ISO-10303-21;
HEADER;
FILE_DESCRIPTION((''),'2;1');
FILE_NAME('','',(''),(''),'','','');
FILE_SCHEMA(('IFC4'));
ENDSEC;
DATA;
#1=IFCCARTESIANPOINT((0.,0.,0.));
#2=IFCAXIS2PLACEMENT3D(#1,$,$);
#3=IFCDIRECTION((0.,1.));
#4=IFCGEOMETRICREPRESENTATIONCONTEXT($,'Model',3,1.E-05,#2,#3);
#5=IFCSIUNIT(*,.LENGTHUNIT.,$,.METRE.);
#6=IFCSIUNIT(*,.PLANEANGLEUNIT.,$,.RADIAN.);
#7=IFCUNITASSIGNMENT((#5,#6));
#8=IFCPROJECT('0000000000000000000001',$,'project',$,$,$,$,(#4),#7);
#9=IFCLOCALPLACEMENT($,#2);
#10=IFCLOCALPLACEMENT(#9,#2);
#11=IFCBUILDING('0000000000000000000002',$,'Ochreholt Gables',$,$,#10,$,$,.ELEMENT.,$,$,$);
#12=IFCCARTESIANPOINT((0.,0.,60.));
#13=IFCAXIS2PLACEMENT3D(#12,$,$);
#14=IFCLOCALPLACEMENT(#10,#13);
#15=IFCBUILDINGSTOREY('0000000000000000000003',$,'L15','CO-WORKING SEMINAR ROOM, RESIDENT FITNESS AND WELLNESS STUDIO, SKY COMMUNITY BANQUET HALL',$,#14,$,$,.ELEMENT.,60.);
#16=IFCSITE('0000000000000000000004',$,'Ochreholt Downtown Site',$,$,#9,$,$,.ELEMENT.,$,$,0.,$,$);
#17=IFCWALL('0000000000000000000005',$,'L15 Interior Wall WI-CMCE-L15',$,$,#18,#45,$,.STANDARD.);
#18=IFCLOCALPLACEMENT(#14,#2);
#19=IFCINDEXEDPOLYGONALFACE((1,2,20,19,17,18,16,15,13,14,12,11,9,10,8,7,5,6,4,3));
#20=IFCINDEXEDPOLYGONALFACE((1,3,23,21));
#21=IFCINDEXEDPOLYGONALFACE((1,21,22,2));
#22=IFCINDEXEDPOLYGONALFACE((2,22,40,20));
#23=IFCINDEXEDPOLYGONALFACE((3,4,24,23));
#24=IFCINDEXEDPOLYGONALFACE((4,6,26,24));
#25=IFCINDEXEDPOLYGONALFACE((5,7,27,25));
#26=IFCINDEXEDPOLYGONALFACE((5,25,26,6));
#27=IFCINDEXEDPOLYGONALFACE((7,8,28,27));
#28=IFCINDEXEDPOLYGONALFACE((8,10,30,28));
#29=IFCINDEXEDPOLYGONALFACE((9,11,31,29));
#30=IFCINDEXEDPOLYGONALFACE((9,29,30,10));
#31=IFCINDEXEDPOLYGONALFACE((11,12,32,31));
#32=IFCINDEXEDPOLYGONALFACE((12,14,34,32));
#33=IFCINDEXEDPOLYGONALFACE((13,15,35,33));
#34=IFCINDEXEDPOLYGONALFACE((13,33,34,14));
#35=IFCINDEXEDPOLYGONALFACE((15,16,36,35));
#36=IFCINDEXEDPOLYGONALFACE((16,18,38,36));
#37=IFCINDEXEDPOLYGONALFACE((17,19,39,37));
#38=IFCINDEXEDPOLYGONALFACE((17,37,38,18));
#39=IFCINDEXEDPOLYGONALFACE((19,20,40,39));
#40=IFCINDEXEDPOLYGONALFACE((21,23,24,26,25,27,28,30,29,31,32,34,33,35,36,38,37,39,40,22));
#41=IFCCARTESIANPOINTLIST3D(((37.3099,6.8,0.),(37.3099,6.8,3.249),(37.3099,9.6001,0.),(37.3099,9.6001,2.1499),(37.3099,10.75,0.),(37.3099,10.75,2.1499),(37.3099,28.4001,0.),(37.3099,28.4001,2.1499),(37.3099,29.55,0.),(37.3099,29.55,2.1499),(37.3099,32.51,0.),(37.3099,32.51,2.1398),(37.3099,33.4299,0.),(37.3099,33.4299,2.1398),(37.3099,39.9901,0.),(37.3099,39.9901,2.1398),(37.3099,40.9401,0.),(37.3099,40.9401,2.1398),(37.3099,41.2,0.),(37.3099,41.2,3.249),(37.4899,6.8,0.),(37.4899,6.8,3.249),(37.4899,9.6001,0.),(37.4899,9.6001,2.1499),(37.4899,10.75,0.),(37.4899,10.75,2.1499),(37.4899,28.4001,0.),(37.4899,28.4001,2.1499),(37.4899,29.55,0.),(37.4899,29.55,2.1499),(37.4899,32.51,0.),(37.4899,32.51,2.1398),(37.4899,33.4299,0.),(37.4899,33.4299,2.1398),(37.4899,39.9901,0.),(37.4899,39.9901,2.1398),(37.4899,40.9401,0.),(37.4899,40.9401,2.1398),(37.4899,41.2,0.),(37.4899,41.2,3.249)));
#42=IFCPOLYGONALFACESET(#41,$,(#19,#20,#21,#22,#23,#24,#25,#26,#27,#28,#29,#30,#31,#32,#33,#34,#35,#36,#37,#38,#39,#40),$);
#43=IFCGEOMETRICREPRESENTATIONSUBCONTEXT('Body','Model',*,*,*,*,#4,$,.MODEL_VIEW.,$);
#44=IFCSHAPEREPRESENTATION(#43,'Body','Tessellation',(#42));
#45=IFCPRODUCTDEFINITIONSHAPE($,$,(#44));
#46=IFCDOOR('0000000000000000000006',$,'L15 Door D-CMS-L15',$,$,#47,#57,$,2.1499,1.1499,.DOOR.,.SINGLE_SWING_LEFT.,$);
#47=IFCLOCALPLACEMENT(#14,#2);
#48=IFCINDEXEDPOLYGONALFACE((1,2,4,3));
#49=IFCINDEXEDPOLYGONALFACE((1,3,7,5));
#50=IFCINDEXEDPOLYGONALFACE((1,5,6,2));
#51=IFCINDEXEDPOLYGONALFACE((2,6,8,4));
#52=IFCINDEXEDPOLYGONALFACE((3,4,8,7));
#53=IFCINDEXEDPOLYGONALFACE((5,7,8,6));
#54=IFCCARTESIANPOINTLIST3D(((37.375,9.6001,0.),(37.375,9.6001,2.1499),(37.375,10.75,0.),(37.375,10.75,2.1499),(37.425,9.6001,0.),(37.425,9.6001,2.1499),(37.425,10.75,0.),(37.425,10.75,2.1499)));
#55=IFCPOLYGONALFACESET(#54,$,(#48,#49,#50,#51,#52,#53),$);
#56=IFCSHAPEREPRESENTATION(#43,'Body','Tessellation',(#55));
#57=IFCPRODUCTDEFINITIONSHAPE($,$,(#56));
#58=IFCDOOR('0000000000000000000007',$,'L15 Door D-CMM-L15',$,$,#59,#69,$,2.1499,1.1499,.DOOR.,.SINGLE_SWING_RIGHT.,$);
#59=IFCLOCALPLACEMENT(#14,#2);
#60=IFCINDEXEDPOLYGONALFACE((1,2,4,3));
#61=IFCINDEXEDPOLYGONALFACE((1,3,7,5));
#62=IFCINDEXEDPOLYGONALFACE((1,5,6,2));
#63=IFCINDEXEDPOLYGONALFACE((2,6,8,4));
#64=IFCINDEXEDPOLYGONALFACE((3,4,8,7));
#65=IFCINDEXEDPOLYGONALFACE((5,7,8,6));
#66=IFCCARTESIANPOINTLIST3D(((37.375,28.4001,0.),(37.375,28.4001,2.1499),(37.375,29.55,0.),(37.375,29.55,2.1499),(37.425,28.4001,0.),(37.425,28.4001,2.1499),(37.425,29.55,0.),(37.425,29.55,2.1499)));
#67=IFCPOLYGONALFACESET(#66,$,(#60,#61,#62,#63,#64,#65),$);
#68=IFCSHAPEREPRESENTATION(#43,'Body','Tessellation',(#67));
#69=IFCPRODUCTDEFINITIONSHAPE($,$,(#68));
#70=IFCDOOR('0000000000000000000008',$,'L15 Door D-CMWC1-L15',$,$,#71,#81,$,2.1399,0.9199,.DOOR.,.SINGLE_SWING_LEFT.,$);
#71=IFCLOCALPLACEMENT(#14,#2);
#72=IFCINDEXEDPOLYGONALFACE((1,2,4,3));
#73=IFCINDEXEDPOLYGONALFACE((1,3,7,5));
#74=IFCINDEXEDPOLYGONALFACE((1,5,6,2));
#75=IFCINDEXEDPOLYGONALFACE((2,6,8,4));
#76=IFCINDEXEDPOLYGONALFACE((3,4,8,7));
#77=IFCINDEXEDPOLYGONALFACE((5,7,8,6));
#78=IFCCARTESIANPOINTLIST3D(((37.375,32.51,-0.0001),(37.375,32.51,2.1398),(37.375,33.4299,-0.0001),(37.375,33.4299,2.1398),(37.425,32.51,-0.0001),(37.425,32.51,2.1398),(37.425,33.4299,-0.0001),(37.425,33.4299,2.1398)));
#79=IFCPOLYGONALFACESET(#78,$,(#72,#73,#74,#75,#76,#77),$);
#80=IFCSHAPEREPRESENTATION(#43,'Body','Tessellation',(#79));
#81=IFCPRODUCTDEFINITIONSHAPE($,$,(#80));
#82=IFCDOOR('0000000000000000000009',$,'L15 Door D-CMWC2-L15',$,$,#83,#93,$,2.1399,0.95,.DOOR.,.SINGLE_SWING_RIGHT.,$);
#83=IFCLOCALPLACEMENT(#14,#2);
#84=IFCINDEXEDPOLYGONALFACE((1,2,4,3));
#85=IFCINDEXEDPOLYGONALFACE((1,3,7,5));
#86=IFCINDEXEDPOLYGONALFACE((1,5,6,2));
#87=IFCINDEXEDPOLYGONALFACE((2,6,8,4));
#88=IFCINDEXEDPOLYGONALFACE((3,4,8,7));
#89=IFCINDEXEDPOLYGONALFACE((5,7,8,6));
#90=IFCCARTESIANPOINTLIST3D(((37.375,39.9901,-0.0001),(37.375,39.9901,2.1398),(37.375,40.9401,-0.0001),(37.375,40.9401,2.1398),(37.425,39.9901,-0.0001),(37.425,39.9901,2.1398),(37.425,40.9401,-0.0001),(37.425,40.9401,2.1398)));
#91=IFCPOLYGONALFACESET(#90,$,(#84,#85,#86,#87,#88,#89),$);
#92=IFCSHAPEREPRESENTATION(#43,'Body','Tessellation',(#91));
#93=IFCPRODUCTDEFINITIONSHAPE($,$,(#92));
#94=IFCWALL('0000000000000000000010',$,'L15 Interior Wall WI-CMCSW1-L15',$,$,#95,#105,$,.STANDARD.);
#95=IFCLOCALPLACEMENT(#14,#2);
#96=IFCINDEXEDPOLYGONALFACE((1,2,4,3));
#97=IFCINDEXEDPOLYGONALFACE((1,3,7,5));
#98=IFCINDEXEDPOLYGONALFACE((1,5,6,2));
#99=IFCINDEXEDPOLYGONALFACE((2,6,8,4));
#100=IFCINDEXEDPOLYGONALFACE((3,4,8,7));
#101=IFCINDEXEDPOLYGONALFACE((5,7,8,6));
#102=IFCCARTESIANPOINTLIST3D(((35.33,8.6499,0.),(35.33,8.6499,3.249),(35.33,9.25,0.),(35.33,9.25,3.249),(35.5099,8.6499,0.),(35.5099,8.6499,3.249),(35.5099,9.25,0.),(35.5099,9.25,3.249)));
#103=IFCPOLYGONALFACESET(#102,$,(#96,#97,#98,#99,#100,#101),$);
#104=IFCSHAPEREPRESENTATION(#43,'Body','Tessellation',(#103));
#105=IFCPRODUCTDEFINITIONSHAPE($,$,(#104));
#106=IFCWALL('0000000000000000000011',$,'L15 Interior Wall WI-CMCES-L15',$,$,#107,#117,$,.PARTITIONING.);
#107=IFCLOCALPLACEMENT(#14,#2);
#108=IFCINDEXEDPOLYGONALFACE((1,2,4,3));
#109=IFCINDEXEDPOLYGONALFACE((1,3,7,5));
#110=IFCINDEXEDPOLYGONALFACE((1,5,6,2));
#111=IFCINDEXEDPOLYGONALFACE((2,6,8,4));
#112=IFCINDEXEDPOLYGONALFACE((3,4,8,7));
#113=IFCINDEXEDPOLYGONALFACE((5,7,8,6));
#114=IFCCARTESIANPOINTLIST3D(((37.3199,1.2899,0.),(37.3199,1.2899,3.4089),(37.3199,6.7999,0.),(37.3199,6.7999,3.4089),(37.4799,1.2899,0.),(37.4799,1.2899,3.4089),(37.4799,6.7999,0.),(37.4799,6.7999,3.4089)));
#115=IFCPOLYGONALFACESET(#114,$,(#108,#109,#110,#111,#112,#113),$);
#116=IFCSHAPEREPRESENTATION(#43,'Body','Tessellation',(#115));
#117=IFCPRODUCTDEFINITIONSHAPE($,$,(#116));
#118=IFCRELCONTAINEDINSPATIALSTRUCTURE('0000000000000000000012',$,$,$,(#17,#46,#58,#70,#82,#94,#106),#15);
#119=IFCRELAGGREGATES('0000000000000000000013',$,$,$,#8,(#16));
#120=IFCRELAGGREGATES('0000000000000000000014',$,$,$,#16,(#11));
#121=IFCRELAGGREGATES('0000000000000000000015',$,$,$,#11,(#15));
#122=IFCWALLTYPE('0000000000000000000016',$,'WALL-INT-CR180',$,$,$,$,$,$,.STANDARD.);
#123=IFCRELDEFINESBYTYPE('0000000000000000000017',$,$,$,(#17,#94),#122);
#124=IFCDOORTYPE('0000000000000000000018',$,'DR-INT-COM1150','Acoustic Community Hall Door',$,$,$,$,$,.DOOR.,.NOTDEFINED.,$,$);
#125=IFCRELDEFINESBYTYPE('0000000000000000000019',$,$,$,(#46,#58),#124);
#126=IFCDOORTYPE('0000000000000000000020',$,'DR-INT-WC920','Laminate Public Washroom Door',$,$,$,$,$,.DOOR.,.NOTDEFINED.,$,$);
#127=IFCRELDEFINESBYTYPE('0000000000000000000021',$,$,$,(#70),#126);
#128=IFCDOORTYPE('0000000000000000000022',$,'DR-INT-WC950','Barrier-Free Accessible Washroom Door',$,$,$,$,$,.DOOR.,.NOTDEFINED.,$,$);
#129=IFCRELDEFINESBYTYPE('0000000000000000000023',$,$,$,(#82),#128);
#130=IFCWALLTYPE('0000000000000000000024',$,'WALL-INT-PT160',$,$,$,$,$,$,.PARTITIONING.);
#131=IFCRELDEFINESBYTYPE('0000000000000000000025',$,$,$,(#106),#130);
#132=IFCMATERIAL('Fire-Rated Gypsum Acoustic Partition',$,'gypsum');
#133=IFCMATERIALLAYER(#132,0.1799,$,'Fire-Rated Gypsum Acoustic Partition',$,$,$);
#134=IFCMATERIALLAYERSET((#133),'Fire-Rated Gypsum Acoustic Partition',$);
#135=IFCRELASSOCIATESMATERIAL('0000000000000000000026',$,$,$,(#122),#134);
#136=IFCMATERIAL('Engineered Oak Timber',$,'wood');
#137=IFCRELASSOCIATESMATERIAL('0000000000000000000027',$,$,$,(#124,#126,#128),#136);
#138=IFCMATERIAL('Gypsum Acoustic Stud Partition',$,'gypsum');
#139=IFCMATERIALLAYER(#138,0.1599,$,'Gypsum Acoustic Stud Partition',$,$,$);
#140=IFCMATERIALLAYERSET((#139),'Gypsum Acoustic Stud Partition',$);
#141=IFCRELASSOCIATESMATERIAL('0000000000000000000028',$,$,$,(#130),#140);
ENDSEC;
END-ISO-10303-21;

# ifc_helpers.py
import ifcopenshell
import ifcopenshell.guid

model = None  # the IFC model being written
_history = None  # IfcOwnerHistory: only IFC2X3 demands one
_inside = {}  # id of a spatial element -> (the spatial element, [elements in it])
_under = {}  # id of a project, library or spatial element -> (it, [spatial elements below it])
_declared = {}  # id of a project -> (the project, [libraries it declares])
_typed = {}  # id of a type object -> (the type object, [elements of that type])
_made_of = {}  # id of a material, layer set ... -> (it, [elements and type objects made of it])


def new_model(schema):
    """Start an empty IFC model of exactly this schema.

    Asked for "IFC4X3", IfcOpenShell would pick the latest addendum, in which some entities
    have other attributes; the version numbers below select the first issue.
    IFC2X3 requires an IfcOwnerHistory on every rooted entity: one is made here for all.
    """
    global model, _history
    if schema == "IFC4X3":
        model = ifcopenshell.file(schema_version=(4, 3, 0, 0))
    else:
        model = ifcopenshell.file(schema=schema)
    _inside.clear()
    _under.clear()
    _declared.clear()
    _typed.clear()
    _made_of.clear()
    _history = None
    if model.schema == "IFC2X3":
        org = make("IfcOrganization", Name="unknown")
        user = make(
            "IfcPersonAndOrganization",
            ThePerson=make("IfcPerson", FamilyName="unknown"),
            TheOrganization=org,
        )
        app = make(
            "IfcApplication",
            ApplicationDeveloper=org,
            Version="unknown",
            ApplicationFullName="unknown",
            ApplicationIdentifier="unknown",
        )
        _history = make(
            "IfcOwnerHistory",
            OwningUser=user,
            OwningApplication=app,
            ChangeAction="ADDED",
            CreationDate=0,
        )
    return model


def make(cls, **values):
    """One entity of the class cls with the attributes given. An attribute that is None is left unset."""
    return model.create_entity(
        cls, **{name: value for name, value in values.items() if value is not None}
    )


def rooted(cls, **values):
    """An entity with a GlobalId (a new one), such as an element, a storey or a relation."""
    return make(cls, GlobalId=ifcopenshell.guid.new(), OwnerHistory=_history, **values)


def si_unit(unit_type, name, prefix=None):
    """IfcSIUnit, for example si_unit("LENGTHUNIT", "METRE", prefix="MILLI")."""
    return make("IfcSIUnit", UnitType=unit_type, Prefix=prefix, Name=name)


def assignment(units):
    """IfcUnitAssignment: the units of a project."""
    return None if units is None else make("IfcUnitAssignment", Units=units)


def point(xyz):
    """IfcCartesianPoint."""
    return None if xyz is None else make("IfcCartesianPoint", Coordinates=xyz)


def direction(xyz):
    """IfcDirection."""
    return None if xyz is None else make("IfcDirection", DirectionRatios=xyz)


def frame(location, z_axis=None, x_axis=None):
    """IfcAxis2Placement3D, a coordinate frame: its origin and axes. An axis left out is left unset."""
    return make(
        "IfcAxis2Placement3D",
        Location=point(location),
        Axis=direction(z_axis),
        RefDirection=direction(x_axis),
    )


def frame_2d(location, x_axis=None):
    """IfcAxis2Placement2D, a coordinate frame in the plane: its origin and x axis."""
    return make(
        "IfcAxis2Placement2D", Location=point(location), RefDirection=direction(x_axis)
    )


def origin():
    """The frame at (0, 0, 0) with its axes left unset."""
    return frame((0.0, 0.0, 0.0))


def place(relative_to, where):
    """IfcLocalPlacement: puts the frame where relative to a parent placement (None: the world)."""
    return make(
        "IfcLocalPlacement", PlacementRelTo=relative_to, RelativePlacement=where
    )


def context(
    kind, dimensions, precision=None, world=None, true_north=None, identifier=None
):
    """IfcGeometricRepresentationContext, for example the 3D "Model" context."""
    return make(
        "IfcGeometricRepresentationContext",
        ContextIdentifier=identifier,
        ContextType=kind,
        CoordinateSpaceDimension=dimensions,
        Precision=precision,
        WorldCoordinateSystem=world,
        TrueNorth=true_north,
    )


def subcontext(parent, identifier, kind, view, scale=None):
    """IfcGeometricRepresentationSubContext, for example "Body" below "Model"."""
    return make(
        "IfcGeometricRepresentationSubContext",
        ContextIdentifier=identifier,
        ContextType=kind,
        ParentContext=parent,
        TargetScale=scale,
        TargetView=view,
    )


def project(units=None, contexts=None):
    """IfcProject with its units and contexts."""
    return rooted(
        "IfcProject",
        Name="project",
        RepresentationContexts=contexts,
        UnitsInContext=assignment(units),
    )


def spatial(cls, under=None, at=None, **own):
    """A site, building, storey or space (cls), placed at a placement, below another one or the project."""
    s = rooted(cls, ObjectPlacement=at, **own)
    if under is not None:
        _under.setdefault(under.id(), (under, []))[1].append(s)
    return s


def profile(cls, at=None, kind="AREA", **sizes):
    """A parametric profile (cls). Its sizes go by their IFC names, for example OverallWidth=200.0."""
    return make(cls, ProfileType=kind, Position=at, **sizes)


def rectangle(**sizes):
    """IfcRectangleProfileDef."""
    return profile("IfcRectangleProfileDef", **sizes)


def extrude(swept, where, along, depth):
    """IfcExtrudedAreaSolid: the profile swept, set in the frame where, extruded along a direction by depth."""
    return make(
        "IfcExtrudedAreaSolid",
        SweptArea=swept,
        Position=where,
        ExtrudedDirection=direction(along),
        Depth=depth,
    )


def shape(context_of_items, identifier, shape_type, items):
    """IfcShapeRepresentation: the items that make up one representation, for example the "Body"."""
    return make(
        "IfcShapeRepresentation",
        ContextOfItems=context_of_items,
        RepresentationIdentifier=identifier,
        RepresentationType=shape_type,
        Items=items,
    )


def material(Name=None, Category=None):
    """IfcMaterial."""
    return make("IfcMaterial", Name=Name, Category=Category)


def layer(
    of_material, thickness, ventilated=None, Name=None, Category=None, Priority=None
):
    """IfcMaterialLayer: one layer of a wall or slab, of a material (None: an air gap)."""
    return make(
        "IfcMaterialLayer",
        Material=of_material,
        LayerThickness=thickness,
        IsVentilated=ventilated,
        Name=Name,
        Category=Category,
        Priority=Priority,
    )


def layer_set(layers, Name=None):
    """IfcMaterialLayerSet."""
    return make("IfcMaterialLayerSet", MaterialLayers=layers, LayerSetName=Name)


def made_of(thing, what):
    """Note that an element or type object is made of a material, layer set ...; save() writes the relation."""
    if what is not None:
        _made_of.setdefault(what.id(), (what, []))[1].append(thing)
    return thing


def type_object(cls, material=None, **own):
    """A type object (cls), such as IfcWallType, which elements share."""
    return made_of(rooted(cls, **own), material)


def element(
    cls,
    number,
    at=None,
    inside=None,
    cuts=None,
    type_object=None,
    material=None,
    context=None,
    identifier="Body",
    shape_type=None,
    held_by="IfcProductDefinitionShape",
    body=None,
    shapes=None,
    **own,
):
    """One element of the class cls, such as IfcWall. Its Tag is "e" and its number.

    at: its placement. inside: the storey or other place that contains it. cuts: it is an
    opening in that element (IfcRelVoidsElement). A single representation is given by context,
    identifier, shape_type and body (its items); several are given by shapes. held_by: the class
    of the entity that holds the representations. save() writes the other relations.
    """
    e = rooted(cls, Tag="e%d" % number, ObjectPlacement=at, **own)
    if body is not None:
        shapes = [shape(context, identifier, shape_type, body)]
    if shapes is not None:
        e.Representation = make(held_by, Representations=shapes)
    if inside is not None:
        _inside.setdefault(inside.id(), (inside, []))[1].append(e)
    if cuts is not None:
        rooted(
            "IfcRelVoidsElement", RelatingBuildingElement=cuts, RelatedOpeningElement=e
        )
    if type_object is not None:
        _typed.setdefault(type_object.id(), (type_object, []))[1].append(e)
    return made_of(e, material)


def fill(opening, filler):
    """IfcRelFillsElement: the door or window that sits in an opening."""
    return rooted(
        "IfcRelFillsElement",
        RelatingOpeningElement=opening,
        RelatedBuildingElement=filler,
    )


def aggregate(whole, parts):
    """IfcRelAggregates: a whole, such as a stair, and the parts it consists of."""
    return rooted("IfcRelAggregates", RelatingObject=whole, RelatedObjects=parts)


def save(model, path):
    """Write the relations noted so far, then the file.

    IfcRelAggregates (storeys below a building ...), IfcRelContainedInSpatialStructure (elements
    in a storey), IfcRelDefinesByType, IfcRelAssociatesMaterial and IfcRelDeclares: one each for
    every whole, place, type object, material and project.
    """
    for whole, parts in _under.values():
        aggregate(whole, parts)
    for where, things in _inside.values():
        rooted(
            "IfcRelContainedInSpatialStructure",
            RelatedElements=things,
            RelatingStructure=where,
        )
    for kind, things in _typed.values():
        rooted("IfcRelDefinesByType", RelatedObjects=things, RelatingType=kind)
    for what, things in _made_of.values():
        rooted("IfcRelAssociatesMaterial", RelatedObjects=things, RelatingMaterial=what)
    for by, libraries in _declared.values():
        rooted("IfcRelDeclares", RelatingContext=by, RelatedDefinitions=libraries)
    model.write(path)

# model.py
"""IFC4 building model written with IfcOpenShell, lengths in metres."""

from ifc_helpers import new_model, si_unit, direction, frame, frame_2d, origin, place, context, subcontext, project, spatial, rectangle, extrude, material, layer, layer_set, type_object, element, fill, save


model = new_model("IFC4")

# Units and contexts
model_context = context("Model", 3, precision=1e-05, world=origin(), true_north=direction((0.0, 1.0)))
body_context = subcontext(model_context, "Body", "Model", "MODEL_VIEW")
ifc_project = project(units=[si_unit("LENGTHUNIT", "METRE"), si_unit("PLANEANGLEUNIT", "RADIAN")], contexts=[model_context])

# Site, building, storey
site_placement = place(None, origin())
site = spatial("IfcSite", under=ifc_project, at=site_placement, Name="Ochreholt Downtown Site", CompositionType="ELEMENT", RefElevation=0.0)
building_placement = place(site_placement, origin())
building = spatial("IfcBuilding", under=site, at=building_placement, Name="Ochreholt Gables", CompositionType="ELEMENT")
storey_placement = place(building_placement, frame((0.0, 0.0, 60.0)))
storey = spatial("IfcBuildingStorey", under=building, at=storey_placement, Name="L15", Description="CO-WORKING SEMINAR ROOM, RESIDENT FITNESS AND WELLNESS STUDIO, SKY COMMUNITY BANQUET HALL", CompositionType="ELEMENT", Elevation=60.0)

# Wall, openings, doors
ifc_material_1 = material(Name="Fire-Rated Gypsum Acoustic Partition", Category="gypsum")
ifc_layer_1 = layer(ifc_material_1, 0.1799, Name="Fire-Rated Gypsum Acoustic Partition")
ifc_layer_set_1 = layer_set([ifc_layer_1], Name="Fire-Rated Gypsum Acoustic Partition")
wall_type_1 = type_object("IfcWallType", Name="WALL-INT-CR180", PredefinedType="STANDARD", material=ifc_layer_set_1)
wall_1_placement = place(storey_placement, frame((37.3999, 6.8, 0.0), z_axis=(0.0, 0.0, 1.0), x_axis=(0.0, 1.0, 0.0)))
wall_1 = element("IfcWall", 1, at=wall_1_placement, inside=storey, type_object=wall_type_1, Name="L15 Interior Wall WI-CMCE-L15", PredefinedType="STANDARD", context=body_context, shape_type="SweptSolid", body=[
    extrude(rectangle(XDim=34.3999, YDim=0.1799, at=frame_2d((17.2, 0.0))), origin(), (0.0, 0.0, 1.0), 3.249),
])
opening_1_placement = place(wall_1_placement, frame((25.71, 0.0, 0.0)))
opening_1 = element("IfcOpeningElement", 2, at=opening_1_placement, cuts=wall_1, PredefinedType="OPENING", context=body_context, shape_type="SweptSolid", body=[
    extrude(rectangle(XDim=0.9199, YDim=2.1399, at=frame_2d((0.46, 1.0698))), frame((0.0, 0.0999, 0.0), z_axis=(0.0, -1.0, 0.0), x_axis=(1.0, 0.0, 0.0)), (0.0, 0.0, 1.0), 0.2),
])
opening_2_placement = place(wall_1_placement, frame((33.1899, 0.0, 0.0)))
opening_2 = element("IfcOpeningElement", 3, at=opening_2_placement, cuts=wall_1, PredefinedType="OPENING", context=body_context, shape_type="SweptSolid", body=[
    extrude(rectangle(XDim=0.95, YDim=2.1399, at=frame_2d((0.4751, 1.0698))), frame((0.0, 0.0999, 0.0), z_axis=(0.0, -1.0, 0.0), x_axis=(1.0, 0.0, 0.0)), (0.0, 0.0, 1.0), 0.2),
])
opening_3_placement = place(wall_1_placement, frame((2.8, 0.0, 0.0)))
opening_3 = element("IfcOpeningElement", 4, at=opening_3_placement, cuts=wall_1, PredefinedType="OPENING", context=body_context, shape_type="SweptSolid", body=[
    extrude(rectangle(XDim=1.1499, YDim=2.1499, at=frame_2d((0.575, 1.075))), frame((0.0, 0.0999, 0.0), z_axis=(0.0, -1.0, 0.0), x_axis=(1.0, 0.0, 0.0)), (0.0, 0.0, 1.0), 0.2),
])
opening_4_placement = place(wall_1_placement, frame((21.6001, 0.0, 0.0)))
opening_4 = element("IfcOpeningElement", 5, at=opening_4_placement, cuts=wall_1, PredefinedType="OPENING", context=body_context, shape_type="SweptSolid", body=[
    extrude(rectangle(XDim=1.1499, YDim=2.1499, at=frame_2d((0.575, 1.075))), frame((0.0, 0.0999, 0.0), z_axis=(0.0, -1.0, 0.0), x_axis=(1.0, 0.0, 0.0)), (0.0, 0.0, 1.0), 0.2),
])
ifc_material_2 = material(Name="Engineered Oak Timber", Category="wood")
door_type_1 = type_object("IfcDoorType", Name="DR-INT-COM1150", Description="Acoustic Community Hall Door", OperationType="NOTDEFINED", PredefinedType="DOOR", material=ifc_material_2)
door_1_placement = place(opening_3_placement, origin())
door_1 = element("IfcDoor", 6, at=door_1_placement, inside=storey, type_object=door_type_1, Name="L15 Door D-CMS-L15", OperationType="SINGLE_SWING_LEFT", OverallHeight=2.1499, OverallWidth=1.1499, PredefinedType="DOOR", context=body_context, shape_type="SweptSolid", body=[
    extrude(rectangle(XDim=1.1499, YDim=2.1499, at=frame_2d((0.575, 1.075))), frame((0.0, 0.0249, 0.0), z_axis=(0.0, -1.0, 0.0), x_axis=(1.0, 0.0, 0.0)), (0.0, 0.0, 1.0), 0.05),
])
fill(opening_3, door_1)
door_2_placement = place(opening_4_placement, origin())
door_2 = element("IfcDoor", 7, at=door_2_placement, inside=storey, type_object=door_type_1, Name="L15 Door D-CMM-L15", OperationType="SINGLE_SWING_RIGHT", OverallHeight=2.1499, OverallWidth=1.1499, PredefinedType="DOOR", context=body_context, shape_type="SweptSolid", body=[
    extrude(rectangle(XDim=1.1499, YDim=2.1499, at=frame_2d((0.575, 1.075))), frame((0.0, 0.0249, 0.0), z_axis=(0.0, -1.0, 0.0), x_axis=(1.0, 0.0, 0.0)), (0.0, 0.0, 1.0), 0.05),
])
fill(opening_4, door_2)
door_type_2 = type_object("IfcDoorType", Name="DR-INT-WC920", Description="Laminate Public Washroom Door", OperationType="NOTDEFINED", PredefinedType="DOOR", material=ifc_material_2)
door_3_placement = place(opening_1_placement, origin())
door_3 = element("IfcDoor", 8, at=door_3_placement, inside=storey, type_object=door_type_2, Name="L15 Door D-CMWC1-L15", OperationType="SINGLE_SWING_LEFT", OverallHeight=2.1399, OverallWidth=0.9199, PredefinedType="DOOR", context=body_context, shape_type="SweptSolid", body=[
    extrude(rectangle(XDim=0.9199, YDim=2.1399, at=frame_2d((0.46, 1.0698))), frame((0.0, 0.0249, 0.0), z_axis=(0.0, -1.0, 0.0), x_axis=(1.0, 0.0, 0.0)), (0.0, 0.0, 1.0), 0.05),
])
fill(opening_1, door_3)
door_type_3 = type_object("IfcDoorType", Name="DR-INT-WC950", Description="Barrier-Free Accessible Washroom Door", OperationType="NOTDEFINED", PredefinedType="DOOR", material=ifc_material_2)
door_4_placement = place(opening_2_placement, origin())
door_4 = element("IfcDoor", 9, at=door_4_placement, inside=storey, type_object=door_type_3, Name="L15 Door D-CMWC2-L15", OperationType="SINGLE_SWING_RIGHT", OverallHeight=2.1399, OverallWidth=0.95, PredefinedType="DOOR", context=body_context, shape_type="SweptSolid", body=[
    extrude(rectangle(XDim=0.95, YDim=2.1399, at=frame_2d((0.4751, 1.0698))), frame((0.0, 0.0249, 0.0), z_axis=(0.0, -1.0, 0.0), x_axis=(1.0, 0.0, 0.0)), (0.0, 0.0, 1.0), 0.05),
])
fill(opening_2, door_4)

# Walls
wall_2_placement = place(storey_placement, frame((35.4199, 8.6499, 0.0), z_axis=(0.0, 0.0, 1.0), x_axis=(0.0, 1.0, 0.0)))
element("IfcWall", 10, at=wall_2_placement, inside=storey, type_object=wall_type_1, Name="L15 Interior Wall WI-CMCSW1-L15", PredefinedType="STANDARD", context=body_context, shape_type="SweptSolid", body=[
    extrude(rectangle(XDim=0.6001, YDim=0.1799, at=frame_2d((0.3, 0.0))), origin(), (0.0, 0.0, 1.0), 3.249),
])
ifc_material_3 = material(Name="Gypsum Acoustic Stud Partition", Category="gypsum")
ifc_layer_2 = layer(ifc_material_3, 0.1599, Name="Gypsum Acoustic Stud Partition")
ifc_layer_set_2 = layer_set([ifc_layer_2], Name="Gypsum Acoustic Stud Partition")
wall_type_2 = type_object("IfcWallType", Name="WALL-INT-PT160", PredefinedType="PARTITIONING", material=ifc_layer_set_2)
wall_3_placement = place(storey_placement, frame((37.3999, 1.29, 0.0), z_axis=(0.0, 0.0, 1.0), x_axis=(0.0, 1.0, 0.0)))
element("IfcWall", 11, at=wall_3_placement, inside=storey, type_object=wall_type_2, Name="L15 Interior Wall WI-CMCES-L15", PredefinedType="PARTITIONING", context=body_context, shape_type="SweptSolid", body=[
    extrude(rectangle(XDim=5.51, YDim=0.1599, at=frame_2d((2.7549, 0.0))), origin(), (0.0, 0.0, 1.0), 3.4089),
])

save(model, "model.ifc")
